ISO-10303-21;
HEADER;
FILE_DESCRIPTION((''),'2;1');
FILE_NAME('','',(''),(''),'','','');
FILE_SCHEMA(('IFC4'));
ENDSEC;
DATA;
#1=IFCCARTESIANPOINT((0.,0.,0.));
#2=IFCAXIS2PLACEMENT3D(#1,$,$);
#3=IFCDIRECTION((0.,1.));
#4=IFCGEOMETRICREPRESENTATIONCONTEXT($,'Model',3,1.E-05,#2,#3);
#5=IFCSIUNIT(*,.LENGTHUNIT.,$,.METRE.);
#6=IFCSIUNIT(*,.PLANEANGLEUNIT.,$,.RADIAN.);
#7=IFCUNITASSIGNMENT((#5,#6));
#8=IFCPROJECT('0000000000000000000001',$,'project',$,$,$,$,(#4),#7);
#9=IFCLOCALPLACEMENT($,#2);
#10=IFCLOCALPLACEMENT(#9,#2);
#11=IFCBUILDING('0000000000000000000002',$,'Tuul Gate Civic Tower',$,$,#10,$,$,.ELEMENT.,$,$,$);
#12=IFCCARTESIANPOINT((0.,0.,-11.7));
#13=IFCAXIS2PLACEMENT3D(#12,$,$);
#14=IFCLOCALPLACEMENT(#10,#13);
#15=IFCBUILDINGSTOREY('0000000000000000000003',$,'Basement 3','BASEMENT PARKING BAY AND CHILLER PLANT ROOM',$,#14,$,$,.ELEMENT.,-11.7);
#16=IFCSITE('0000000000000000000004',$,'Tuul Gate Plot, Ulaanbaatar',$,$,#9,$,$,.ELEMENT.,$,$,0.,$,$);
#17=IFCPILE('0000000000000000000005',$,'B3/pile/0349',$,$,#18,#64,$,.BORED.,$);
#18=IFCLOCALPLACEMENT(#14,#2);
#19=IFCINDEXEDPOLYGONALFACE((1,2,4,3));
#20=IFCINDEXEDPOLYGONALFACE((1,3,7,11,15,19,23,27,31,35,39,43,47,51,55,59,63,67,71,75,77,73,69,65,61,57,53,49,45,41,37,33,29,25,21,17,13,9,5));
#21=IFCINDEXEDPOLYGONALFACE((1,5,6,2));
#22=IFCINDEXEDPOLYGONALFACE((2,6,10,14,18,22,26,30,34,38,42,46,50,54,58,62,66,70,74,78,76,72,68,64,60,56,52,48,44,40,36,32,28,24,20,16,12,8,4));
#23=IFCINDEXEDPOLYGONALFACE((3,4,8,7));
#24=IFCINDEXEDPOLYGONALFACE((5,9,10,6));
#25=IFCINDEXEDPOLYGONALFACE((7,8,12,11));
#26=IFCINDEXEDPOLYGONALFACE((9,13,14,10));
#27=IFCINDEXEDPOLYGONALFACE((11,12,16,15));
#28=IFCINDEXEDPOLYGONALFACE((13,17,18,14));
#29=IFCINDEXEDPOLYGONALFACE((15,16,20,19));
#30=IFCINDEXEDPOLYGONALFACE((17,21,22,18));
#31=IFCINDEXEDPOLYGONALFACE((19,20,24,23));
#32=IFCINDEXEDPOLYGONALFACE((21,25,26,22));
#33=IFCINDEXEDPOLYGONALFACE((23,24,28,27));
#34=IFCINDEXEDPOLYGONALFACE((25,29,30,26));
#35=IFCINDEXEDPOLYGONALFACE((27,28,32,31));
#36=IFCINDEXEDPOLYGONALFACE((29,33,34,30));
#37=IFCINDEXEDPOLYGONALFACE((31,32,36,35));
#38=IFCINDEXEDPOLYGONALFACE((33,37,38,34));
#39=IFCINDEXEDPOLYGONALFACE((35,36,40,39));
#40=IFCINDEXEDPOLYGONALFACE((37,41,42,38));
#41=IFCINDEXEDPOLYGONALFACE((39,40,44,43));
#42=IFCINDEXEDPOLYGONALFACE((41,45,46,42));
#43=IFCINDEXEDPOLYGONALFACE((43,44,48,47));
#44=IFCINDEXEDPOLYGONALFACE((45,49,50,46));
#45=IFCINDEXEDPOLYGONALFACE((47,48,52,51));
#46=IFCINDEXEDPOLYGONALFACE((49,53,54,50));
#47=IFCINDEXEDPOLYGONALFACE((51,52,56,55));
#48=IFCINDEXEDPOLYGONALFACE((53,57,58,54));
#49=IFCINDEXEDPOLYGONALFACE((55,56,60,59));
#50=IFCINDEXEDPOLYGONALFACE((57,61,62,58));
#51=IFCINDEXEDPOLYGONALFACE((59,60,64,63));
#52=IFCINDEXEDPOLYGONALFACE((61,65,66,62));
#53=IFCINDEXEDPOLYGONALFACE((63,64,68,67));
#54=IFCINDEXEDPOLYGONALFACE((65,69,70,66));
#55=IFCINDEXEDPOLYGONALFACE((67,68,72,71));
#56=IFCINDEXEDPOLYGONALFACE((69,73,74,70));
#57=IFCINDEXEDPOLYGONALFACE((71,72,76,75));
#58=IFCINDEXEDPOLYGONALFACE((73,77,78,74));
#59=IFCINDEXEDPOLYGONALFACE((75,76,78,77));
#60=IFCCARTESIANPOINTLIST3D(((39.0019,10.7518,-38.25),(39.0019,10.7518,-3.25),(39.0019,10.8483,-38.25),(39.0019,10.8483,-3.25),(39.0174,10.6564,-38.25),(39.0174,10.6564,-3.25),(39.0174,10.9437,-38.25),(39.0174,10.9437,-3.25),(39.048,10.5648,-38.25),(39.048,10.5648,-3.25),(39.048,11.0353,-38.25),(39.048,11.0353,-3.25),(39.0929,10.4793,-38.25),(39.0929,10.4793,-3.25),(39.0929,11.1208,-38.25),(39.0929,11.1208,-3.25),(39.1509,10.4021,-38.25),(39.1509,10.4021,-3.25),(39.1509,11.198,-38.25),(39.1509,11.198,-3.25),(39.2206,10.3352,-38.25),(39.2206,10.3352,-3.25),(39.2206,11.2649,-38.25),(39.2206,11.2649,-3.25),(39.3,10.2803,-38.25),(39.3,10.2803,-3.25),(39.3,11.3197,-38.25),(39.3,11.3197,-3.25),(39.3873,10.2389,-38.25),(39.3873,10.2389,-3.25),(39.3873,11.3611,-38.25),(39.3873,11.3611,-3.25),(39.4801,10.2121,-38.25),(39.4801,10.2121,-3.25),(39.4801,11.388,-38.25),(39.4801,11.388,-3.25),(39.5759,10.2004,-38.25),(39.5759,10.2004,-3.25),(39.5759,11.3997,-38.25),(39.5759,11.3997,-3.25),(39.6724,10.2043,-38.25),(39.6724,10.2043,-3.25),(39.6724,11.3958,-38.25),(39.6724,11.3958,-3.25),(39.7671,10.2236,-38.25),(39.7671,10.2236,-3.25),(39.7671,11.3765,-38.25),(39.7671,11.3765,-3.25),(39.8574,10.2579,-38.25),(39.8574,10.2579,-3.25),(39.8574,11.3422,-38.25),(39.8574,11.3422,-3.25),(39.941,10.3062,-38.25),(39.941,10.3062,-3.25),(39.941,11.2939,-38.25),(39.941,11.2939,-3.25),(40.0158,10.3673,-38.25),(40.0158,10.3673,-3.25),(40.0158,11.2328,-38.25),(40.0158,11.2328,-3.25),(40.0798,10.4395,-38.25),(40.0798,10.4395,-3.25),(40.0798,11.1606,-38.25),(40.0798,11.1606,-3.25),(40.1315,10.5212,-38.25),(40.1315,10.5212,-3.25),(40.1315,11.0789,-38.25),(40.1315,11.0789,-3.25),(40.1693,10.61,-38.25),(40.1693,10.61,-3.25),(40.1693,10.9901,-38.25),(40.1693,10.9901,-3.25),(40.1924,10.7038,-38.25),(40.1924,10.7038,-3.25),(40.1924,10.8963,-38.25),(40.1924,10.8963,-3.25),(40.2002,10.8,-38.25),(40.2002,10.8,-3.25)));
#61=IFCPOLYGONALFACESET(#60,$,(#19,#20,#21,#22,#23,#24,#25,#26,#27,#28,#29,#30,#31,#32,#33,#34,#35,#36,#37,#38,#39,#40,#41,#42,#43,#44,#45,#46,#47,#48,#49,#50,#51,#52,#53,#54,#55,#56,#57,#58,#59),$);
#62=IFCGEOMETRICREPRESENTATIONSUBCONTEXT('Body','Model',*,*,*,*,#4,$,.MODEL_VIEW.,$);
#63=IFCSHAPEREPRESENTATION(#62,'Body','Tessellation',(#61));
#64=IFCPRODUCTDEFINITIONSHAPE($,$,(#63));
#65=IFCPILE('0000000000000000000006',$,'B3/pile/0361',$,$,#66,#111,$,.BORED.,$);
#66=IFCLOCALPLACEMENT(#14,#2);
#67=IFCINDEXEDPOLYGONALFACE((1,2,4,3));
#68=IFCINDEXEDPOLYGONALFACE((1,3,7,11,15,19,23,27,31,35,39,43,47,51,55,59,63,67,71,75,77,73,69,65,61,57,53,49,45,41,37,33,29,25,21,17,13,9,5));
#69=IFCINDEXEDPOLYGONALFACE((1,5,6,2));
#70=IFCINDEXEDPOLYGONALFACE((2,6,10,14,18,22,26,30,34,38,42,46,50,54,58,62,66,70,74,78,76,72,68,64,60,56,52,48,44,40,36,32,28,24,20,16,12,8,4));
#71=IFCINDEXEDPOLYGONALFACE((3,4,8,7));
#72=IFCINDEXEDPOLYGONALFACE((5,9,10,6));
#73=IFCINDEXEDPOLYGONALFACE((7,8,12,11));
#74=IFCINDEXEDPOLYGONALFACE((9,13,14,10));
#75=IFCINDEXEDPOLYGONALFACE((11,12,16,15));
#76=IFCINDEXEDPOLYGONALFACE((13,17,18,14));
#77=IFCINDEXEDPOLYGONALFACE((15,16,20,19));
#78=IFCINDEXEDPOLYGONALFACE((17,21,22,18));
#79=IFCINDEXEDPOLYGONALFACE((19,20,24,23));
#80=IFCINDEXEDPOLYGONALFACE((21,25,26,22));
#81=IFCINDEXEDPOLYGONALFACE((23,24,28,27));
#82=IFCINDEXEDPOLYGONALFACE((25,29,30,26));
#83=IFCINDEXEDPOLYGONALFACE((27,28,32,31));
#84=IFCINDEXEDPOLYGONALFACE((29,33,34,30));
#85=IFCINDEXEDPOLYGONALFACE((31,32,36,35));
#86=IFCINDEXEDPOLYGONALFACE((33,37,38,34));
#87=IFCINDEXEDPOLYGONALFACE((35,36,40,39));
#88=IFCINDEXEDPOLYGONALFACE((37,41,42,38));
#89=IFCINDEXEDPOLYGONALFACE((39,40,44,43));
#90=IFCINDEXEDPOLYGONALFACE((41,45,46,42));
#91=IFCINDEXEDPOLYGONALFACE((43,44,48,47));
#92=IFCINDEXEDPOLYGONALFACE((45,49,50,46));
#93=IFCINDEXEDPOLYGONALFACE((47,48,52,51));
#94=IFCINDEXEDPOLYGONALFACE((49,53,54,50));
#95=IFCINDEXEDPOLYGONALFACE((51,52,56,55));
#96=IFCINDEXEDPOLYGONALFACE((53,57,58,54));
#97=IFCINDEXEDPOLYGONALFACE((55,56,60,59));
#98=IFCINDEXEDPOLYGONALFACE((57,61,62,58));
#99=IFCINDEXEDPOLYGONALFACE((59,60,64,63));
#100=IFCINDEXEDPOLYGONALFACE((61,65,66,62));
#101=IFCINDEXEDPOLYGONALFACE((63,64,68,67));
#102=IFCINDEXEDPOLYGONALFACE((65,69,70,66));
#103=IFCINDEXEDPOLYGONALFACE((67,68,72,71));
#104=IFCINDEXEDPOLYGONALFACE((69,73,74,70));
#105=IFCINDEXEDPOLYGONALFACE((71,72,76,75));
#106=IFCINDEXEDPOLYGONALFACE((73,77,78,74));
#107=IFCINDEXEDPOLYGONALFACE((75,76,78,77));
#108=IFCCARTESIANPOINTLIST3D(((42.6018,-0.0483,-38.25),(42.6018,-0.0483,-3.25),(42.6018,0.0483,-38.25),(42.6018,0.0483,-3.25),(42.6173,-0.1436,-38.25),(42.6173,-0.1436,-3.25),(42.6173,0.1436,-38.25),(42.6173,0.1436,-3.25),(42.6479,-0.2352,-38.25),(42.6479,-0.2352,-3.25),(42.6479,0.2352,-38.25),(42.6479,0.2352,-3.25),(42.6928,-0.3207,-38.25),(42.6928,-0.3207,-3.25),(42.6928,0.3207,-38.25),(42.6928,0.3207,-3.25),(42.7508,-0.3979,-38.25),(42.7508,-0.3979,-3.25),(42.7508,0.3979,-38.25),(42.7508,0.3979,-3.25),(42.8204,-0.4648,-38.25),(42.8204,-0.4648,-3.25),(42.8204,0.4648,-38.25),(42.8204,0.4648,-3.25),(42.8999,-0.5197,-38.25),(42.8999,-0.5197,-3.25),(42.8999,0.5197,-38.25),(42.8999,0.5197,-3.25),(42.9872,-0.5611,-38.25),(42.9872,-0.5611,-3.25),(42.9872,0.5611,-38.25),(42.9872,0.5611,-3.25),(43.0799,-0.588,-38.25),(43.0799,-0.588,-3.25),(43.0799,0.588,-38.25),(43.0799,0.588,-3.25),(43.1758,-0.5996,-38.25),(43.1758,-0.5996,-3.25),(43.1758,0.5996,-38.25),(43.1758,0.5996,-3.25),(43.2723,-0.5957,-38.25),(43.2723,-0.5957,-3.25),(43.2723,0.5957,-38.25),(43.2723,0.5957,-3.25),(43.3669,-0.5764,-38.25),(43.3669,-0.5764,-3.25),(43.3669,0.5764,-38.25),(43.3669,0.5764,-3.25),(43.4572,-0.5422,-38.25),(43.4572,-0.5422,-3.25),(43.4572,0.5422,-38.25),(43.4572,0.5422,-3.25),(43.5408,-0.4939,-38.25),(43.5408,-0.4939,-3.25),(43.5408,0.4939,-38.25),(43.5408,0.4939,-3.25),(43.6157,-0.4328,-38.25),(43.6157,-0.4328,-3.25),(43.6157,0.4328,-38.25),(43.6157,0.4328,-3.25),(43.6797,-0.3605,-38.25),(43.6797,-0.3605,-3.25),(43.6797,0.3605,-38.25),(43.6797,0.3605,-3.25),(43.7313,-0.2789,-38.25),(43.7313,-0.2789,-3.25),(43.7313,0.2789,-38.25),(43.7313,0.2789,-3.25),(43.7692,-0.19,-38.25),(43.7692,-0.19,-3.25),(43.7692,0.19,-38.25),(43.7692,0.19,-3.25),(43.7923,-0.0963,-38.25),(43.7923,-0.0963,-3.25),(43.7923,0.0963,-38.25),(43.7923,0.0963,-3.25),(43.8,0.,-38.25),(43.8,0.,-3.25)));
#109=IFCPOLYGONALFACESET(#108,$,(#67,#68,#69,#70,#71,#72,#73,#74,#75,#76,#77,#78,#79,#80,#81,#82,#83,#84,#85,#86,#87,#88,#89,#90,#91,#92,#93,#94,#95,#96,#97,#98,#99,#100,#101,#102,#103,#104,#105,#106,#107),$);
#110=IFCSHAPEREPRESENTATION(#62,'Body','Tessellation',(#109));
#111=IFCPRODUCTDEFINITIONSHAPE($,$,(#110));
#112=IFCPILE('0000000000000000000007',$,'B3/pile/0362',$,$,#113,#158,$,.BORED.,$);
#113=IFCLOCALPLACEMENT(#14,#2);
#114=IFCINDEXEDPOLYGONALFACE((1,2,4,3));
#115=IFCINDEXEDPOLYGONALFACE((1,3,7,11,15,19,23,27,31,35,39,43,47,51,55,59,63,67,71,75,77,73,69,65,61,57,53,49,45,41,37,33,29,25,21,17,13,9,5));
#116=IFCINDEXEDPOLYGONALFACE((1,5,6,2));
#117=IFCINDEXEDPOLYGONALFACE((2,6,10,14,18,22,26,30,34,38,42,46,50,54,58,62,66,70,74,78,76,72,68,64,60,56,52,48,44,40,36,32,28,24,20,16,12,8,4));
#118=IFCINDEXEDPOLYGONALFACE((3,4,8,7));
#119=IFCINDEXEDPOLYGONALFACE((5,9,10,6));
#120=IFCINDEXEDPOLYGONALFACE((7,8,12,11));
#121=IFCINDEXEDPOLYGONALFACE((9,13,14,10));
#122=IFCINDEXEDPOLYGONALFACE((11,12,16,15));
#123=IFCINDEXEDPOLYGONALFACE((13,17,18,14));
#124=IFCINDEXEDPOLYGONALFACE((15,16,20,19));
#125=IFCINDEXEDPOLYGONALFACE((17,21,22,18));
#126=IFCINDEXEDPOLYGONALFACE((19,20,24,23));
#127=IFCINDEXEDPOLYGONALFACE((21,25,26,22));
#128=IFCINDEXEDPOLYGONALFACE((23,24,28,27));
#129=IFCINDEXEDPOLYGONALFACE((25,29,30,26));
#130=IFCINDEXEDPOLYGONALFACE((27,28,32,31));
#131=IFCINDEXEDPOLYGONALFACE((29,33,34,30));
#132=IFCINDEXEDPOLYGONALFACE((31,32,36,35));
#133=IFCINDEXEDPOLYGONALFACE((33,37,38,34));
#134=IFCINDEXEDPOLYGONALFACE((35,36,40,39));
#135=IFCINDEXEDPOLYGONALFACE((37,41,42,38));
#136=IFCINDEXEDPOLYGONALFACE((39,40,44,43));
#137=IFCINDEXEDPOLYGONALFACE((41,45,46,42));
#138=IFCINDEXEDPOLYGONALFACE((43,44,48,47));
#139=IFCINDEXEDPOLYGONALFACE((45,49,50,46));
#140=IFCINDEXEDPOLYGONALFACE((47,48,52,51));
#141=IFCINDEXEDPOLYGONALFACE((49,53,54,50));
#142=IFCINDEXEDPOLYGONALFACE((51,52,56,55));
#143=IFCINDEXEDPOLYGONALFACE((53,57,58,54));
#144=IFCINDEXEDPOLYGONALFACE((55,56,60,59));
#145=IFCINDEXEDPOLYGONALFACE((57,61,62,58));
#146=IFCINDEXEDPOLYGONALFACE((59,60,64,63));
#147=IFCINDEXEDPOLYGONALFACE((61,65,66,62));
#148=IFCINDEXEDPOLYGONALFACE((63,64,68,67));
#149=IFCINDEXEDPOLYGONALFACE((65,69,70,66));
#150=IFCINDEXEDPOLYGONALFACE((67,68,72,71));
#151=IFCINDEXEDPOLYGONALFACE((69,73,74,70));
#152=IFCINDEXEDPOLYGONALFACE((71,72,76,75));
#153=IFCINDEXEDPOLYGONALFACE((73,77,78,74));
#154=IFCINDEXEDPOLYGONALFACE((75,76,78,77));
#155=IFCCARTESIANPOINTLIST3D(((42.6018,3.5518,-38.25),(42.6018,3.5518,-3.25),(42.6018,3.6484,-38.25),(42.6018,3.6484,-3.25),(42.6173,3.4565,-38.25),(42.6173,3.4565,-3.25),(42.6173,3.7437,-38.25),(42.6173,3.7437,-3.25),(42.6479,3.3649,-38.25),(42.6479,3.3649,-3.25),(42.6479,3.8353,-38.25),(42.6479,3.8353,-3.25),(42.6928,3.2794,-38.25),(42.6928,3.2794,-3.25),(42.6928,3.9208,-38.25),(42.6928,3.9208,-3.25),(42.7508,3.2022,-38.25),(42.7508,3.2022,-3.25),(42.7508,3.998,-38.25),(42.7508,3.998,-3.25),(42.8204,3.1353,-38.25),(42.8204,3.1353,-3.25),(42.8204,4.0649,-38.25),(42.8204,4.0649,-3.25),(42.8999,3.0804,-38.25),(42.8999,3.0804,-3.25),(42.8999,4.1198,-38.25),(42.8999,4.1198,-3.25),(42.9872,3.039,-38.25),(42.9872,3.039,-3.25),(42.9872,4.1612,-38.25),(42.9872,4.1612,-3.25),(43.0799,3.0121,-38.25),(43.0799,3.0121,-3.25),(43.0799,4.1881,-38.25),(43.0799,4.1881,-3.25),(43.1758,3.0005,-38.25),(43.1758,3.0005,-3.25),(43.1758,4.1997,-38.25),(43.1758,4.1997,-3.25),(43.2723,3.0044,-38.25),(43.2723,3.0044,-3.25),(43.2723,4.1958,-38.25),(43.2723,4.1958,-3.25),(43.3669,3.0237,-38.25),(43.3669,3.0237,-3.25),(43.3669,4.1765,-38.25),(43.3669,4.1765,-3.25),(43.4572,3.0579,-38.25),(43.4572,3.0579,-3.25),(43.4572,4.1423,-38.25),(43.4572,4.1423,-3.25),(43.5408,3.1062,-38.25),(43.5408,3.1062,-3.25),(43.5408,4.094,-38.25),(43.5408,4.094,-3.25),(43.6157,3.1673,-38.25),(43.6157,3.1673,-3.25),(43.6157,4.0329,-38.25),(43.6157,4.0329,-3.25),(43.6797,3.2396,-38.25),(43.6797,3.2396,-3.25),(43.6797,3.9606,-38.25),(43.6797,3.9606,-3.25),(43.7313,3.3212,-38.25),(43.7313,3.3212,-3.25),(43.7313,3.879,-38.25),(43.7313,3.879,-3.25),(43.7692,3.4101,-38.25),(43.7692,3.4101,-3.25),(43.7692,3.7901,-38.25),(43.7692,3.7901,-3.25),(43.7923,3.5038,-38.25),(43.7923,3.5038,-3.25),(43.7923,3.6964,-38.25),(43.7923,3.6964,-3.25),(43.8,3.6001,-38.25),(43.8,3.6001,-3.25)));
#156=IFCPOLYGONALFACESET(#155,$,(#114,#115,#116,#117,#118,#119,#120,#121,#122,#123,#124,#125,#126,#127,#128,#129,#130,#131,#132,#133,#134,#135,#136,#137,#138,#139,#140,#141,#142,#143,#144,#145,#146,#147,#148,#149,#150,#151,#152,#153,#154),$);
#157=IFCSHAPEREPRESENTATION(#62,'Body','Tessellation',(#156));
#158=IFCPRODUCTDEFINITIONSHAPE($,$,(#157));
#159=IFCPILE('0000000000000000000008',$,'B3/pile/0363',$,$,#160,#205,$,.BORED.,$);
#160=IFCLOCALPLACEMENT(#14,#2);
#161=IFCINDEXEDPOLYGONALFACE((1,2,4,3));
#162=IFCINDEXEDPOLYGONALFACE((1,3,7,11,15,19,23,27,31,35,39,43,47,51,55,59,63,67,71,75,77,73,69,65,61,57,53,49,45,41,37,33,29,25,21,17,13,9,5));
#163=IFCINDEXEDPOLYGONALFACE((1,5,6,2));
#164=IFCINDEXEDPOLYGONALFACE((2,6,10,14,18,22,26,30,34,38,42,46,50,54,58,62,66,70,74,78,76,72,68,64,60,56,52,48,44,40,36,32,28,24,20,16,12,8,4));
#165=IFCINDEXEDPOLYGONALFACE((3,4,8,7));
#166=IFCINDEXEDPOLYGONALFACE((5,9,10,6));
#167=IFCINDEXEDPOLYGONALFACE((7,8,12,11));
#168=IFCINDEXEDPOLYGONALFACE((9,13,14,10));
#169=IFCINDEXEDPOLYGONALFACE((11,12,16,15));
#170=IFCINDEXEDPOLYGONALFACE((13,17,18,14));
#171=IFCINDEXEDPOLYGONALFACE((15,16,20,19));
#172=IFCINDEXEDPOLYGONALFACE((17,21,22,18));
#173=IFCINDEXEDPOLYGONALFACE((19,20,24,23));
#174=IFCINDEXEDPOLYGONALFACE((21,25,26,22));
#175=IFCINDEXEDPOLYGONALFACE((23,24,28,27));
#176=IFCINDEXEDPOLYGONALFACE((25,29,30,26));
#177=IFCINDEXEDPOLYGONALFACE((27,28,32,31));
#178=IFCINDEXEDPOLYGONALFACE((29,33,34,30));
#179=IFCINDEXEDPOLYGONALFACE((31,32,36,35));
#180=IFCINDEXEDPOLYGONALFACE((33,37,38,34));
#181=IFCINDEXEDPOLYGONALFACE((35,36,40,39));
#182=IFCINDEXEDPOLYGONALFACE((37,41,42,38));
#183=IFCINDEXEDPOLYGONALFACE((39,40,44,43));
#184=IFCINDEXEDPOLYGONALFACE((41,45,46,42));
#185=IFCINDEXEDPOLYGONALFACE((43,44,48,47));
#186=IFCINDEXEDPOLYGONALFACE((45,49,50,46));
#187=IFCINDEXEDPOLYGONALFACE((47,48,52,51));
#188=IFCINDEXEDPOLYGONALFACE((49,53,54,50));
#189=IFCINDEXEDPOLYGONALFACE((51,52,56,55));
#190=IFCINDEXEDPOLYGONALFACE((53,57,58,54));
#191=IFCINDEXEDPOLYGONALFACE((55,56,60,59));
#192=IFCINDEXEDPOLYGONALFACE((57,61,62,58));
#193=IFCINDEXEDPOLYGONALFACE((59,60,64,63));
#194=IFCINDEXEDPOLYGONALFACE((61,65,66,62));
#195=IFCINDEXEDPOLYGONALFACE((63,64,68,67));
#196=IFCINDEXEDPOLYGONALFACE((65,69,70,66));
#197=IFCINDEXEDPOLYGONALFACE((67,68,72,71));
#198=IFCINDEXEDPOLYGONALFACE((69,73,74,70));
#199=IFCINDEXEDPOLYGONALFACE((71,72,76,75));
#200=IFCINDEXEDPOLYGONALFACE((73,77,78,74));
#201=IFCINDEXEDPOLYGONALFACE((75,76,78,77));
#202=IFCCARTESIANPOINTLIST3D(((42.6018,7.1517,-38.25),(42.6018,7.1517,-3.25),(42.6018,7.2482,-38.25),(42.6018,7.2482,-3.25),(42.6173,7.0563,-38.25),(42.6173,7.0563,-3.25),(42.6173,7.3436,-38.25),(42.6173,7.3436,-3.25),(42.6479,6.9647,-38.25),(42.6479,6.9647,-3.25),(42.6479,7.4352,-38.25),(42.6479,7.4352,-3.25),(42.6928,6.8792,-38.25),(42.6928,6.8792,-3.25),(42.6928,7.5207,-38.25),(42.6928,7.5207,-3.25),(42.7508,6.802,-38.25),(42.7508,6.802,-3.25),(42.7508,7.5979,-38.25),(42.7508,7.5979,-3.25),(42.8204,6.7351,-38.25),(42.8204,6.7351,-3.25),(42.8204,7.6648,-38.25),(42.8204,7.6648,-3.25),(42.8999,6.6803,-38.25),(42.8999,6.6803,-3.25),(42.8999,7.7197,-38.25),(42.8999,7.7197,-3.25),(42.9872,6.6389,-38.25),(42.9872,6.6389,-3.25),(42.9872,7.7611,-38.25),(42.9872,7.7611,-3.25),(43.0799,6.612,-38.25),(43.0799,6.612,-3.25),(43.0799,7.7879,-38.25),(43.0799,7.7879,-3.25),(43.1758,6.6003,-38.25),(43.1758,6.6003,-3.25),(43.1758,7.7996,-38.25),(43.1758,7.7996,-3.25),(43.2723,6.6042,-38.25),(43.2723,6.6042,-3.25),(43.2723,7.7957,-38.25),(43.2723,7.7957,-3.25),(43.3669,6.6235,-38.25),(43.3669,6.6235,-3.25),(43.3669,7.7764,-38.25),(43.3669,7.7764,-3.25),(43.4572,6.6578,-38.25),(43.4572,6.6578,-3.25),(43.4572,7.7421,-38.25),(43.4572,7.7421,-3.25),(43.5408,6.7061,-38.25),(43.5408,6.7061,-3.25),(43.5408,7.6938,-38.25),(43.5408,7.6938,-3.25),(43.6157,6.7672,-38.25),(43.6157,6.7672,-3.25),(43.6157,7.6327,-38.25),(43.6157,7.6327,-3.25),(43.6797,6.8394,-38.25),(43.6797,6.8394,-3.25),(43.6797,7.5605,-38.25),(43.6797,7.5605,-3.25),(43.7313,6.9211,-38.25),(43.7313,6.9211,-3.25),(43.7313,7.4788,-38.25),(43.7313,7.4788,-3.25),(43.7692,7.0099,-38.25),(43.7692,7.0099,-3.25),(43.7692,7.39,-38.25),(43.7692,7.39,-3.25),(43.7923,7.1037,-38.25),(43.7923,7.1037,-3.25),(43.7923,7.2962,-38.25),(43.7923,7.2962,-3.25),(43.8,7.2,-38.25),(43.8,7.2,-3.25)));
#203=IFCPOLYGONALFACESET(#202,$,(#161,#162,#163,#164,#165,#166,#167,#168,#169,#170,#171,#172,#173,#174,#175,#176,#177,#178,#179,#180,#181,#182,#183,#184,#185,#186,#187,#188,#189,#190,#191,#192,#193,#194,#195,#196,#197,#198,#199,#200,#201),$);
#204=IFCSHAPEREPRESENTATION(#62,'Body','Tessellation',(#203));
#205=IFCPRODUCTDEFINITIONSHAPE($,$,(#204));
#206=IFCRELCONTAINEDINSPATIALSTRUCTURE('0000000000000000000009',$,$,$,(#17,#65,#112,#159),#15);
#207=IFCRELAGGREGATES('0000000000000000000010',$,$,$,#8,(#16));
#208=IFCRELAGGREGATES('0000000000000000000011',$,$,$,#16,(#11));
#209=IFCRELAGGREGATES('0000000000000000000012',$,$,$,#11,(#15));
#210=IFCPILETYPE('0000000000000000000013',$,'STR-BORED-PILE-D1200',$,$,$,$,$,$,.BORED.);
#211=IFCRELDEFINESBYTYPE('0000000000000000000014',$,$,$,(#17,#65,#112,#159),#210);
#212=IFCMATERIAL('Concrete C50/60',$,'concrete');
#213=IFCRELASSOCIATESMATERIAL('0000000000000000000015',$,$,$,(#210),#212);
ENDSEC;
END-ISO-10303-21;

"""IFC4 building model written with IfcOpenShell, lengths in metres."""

from ifc_helpers import new_model, si_unit, direction, frame, origin, origin_2d, place, context, subcontext, project, spatial, circle, extrude, material, material_profile, profile_set, type_object, element, save


model = new_model("IFC4")

# Units and contexts
model_context = context("Model", 3, precision=1e-05, world=origin(), true_north=direction((0.0, 1.0)))
body_context = subcontext(model_context, "Body", "Model", "MODEL_VIEW")
ifc_project = project(units=[si_unit("LENGTHUNIT", "METRE"), si_unit("PLANEANGLEUNIT", "RADIAN")], contexts=[model_context])

# Site, building, storey
site_placement = place(None, origin())
site = spatial("IfcSite", under=ifc_project, at=site_placement, Name="Tuul Gate Plot, Ulaanbaatar", CompositionType="ELEMENT", RefElevation=0.0)
building_placement = place(site_placement, origin())
building = spatial("IfcBuilding", under=site, at=building_placement, Name="Tuul Gate Civic Tower", CompositionType="ELEMENT")
storey_placement = place(building_placement, frame((0.0, 0.0, -11.7)))
storey = spatial("IfcBuildingStorey", under=building, at=storey_placement, Name="Basement 3", Description="BASEMENT PARKING BAY AND CHILLER PLANT ROOM", CompositionType="ELEMENT", Elevation=-11.7)

# Piles
ifc_material_1 = material(Name="Concrete C50/60", Category="concrete")
ifc_material_profile_1 = material_profile(ifc_material_1, circle(Radius=0.6001, at=origin_2d()), Name="PILE1200")
ifc_profile_set_1 = profile_set([ifc_material_profile_1], Name="Concrete C50/60")
pile_type = type_object("IfcPileType", Name="STR-BORED-PILE-D1200", PredefinedType="BORED", material=ifc_profile_set_1)
for number, where, z_axis, x_axis, name in (
    (1, (39.6001, 10.8, -3.25), (0.0, 0.0, -1.0), (1.0, 0.0, 0.0), "B3/pile/0349"),
    (2, (43.2, 0.0, -3.25), (0.0, 0.0, -1.0), (1.0, 0.0, 0.0), "B3/pile/0361"),
    (3, (43.2, 3.6001, -3.25), (0.0, 0.0, -1.0), (1.0, 0.0, 0.0), "B3/pile/0362"),
    (4, (43.2, 7.2, -3.25), (0.0, 0.0, -1.0), (1.0, 0.0, 0.0), "B3/pile/0363"),
):
    element("IfcPile", number, at=place(storey_placement, frame(where, z_axis=z_axis, x_axis=x_axis)), inside=storey, type_object=pile_type, Name=name, PredefinedType="BORED", context=body_context, shape_type="SweptSolid", body=[
        extrude(circle(Radius=0.6001, at=origin_2d()), origin(), (0.0, 0.0, 1.0), 35.0),
    ])

save(model, "model.ifc")
